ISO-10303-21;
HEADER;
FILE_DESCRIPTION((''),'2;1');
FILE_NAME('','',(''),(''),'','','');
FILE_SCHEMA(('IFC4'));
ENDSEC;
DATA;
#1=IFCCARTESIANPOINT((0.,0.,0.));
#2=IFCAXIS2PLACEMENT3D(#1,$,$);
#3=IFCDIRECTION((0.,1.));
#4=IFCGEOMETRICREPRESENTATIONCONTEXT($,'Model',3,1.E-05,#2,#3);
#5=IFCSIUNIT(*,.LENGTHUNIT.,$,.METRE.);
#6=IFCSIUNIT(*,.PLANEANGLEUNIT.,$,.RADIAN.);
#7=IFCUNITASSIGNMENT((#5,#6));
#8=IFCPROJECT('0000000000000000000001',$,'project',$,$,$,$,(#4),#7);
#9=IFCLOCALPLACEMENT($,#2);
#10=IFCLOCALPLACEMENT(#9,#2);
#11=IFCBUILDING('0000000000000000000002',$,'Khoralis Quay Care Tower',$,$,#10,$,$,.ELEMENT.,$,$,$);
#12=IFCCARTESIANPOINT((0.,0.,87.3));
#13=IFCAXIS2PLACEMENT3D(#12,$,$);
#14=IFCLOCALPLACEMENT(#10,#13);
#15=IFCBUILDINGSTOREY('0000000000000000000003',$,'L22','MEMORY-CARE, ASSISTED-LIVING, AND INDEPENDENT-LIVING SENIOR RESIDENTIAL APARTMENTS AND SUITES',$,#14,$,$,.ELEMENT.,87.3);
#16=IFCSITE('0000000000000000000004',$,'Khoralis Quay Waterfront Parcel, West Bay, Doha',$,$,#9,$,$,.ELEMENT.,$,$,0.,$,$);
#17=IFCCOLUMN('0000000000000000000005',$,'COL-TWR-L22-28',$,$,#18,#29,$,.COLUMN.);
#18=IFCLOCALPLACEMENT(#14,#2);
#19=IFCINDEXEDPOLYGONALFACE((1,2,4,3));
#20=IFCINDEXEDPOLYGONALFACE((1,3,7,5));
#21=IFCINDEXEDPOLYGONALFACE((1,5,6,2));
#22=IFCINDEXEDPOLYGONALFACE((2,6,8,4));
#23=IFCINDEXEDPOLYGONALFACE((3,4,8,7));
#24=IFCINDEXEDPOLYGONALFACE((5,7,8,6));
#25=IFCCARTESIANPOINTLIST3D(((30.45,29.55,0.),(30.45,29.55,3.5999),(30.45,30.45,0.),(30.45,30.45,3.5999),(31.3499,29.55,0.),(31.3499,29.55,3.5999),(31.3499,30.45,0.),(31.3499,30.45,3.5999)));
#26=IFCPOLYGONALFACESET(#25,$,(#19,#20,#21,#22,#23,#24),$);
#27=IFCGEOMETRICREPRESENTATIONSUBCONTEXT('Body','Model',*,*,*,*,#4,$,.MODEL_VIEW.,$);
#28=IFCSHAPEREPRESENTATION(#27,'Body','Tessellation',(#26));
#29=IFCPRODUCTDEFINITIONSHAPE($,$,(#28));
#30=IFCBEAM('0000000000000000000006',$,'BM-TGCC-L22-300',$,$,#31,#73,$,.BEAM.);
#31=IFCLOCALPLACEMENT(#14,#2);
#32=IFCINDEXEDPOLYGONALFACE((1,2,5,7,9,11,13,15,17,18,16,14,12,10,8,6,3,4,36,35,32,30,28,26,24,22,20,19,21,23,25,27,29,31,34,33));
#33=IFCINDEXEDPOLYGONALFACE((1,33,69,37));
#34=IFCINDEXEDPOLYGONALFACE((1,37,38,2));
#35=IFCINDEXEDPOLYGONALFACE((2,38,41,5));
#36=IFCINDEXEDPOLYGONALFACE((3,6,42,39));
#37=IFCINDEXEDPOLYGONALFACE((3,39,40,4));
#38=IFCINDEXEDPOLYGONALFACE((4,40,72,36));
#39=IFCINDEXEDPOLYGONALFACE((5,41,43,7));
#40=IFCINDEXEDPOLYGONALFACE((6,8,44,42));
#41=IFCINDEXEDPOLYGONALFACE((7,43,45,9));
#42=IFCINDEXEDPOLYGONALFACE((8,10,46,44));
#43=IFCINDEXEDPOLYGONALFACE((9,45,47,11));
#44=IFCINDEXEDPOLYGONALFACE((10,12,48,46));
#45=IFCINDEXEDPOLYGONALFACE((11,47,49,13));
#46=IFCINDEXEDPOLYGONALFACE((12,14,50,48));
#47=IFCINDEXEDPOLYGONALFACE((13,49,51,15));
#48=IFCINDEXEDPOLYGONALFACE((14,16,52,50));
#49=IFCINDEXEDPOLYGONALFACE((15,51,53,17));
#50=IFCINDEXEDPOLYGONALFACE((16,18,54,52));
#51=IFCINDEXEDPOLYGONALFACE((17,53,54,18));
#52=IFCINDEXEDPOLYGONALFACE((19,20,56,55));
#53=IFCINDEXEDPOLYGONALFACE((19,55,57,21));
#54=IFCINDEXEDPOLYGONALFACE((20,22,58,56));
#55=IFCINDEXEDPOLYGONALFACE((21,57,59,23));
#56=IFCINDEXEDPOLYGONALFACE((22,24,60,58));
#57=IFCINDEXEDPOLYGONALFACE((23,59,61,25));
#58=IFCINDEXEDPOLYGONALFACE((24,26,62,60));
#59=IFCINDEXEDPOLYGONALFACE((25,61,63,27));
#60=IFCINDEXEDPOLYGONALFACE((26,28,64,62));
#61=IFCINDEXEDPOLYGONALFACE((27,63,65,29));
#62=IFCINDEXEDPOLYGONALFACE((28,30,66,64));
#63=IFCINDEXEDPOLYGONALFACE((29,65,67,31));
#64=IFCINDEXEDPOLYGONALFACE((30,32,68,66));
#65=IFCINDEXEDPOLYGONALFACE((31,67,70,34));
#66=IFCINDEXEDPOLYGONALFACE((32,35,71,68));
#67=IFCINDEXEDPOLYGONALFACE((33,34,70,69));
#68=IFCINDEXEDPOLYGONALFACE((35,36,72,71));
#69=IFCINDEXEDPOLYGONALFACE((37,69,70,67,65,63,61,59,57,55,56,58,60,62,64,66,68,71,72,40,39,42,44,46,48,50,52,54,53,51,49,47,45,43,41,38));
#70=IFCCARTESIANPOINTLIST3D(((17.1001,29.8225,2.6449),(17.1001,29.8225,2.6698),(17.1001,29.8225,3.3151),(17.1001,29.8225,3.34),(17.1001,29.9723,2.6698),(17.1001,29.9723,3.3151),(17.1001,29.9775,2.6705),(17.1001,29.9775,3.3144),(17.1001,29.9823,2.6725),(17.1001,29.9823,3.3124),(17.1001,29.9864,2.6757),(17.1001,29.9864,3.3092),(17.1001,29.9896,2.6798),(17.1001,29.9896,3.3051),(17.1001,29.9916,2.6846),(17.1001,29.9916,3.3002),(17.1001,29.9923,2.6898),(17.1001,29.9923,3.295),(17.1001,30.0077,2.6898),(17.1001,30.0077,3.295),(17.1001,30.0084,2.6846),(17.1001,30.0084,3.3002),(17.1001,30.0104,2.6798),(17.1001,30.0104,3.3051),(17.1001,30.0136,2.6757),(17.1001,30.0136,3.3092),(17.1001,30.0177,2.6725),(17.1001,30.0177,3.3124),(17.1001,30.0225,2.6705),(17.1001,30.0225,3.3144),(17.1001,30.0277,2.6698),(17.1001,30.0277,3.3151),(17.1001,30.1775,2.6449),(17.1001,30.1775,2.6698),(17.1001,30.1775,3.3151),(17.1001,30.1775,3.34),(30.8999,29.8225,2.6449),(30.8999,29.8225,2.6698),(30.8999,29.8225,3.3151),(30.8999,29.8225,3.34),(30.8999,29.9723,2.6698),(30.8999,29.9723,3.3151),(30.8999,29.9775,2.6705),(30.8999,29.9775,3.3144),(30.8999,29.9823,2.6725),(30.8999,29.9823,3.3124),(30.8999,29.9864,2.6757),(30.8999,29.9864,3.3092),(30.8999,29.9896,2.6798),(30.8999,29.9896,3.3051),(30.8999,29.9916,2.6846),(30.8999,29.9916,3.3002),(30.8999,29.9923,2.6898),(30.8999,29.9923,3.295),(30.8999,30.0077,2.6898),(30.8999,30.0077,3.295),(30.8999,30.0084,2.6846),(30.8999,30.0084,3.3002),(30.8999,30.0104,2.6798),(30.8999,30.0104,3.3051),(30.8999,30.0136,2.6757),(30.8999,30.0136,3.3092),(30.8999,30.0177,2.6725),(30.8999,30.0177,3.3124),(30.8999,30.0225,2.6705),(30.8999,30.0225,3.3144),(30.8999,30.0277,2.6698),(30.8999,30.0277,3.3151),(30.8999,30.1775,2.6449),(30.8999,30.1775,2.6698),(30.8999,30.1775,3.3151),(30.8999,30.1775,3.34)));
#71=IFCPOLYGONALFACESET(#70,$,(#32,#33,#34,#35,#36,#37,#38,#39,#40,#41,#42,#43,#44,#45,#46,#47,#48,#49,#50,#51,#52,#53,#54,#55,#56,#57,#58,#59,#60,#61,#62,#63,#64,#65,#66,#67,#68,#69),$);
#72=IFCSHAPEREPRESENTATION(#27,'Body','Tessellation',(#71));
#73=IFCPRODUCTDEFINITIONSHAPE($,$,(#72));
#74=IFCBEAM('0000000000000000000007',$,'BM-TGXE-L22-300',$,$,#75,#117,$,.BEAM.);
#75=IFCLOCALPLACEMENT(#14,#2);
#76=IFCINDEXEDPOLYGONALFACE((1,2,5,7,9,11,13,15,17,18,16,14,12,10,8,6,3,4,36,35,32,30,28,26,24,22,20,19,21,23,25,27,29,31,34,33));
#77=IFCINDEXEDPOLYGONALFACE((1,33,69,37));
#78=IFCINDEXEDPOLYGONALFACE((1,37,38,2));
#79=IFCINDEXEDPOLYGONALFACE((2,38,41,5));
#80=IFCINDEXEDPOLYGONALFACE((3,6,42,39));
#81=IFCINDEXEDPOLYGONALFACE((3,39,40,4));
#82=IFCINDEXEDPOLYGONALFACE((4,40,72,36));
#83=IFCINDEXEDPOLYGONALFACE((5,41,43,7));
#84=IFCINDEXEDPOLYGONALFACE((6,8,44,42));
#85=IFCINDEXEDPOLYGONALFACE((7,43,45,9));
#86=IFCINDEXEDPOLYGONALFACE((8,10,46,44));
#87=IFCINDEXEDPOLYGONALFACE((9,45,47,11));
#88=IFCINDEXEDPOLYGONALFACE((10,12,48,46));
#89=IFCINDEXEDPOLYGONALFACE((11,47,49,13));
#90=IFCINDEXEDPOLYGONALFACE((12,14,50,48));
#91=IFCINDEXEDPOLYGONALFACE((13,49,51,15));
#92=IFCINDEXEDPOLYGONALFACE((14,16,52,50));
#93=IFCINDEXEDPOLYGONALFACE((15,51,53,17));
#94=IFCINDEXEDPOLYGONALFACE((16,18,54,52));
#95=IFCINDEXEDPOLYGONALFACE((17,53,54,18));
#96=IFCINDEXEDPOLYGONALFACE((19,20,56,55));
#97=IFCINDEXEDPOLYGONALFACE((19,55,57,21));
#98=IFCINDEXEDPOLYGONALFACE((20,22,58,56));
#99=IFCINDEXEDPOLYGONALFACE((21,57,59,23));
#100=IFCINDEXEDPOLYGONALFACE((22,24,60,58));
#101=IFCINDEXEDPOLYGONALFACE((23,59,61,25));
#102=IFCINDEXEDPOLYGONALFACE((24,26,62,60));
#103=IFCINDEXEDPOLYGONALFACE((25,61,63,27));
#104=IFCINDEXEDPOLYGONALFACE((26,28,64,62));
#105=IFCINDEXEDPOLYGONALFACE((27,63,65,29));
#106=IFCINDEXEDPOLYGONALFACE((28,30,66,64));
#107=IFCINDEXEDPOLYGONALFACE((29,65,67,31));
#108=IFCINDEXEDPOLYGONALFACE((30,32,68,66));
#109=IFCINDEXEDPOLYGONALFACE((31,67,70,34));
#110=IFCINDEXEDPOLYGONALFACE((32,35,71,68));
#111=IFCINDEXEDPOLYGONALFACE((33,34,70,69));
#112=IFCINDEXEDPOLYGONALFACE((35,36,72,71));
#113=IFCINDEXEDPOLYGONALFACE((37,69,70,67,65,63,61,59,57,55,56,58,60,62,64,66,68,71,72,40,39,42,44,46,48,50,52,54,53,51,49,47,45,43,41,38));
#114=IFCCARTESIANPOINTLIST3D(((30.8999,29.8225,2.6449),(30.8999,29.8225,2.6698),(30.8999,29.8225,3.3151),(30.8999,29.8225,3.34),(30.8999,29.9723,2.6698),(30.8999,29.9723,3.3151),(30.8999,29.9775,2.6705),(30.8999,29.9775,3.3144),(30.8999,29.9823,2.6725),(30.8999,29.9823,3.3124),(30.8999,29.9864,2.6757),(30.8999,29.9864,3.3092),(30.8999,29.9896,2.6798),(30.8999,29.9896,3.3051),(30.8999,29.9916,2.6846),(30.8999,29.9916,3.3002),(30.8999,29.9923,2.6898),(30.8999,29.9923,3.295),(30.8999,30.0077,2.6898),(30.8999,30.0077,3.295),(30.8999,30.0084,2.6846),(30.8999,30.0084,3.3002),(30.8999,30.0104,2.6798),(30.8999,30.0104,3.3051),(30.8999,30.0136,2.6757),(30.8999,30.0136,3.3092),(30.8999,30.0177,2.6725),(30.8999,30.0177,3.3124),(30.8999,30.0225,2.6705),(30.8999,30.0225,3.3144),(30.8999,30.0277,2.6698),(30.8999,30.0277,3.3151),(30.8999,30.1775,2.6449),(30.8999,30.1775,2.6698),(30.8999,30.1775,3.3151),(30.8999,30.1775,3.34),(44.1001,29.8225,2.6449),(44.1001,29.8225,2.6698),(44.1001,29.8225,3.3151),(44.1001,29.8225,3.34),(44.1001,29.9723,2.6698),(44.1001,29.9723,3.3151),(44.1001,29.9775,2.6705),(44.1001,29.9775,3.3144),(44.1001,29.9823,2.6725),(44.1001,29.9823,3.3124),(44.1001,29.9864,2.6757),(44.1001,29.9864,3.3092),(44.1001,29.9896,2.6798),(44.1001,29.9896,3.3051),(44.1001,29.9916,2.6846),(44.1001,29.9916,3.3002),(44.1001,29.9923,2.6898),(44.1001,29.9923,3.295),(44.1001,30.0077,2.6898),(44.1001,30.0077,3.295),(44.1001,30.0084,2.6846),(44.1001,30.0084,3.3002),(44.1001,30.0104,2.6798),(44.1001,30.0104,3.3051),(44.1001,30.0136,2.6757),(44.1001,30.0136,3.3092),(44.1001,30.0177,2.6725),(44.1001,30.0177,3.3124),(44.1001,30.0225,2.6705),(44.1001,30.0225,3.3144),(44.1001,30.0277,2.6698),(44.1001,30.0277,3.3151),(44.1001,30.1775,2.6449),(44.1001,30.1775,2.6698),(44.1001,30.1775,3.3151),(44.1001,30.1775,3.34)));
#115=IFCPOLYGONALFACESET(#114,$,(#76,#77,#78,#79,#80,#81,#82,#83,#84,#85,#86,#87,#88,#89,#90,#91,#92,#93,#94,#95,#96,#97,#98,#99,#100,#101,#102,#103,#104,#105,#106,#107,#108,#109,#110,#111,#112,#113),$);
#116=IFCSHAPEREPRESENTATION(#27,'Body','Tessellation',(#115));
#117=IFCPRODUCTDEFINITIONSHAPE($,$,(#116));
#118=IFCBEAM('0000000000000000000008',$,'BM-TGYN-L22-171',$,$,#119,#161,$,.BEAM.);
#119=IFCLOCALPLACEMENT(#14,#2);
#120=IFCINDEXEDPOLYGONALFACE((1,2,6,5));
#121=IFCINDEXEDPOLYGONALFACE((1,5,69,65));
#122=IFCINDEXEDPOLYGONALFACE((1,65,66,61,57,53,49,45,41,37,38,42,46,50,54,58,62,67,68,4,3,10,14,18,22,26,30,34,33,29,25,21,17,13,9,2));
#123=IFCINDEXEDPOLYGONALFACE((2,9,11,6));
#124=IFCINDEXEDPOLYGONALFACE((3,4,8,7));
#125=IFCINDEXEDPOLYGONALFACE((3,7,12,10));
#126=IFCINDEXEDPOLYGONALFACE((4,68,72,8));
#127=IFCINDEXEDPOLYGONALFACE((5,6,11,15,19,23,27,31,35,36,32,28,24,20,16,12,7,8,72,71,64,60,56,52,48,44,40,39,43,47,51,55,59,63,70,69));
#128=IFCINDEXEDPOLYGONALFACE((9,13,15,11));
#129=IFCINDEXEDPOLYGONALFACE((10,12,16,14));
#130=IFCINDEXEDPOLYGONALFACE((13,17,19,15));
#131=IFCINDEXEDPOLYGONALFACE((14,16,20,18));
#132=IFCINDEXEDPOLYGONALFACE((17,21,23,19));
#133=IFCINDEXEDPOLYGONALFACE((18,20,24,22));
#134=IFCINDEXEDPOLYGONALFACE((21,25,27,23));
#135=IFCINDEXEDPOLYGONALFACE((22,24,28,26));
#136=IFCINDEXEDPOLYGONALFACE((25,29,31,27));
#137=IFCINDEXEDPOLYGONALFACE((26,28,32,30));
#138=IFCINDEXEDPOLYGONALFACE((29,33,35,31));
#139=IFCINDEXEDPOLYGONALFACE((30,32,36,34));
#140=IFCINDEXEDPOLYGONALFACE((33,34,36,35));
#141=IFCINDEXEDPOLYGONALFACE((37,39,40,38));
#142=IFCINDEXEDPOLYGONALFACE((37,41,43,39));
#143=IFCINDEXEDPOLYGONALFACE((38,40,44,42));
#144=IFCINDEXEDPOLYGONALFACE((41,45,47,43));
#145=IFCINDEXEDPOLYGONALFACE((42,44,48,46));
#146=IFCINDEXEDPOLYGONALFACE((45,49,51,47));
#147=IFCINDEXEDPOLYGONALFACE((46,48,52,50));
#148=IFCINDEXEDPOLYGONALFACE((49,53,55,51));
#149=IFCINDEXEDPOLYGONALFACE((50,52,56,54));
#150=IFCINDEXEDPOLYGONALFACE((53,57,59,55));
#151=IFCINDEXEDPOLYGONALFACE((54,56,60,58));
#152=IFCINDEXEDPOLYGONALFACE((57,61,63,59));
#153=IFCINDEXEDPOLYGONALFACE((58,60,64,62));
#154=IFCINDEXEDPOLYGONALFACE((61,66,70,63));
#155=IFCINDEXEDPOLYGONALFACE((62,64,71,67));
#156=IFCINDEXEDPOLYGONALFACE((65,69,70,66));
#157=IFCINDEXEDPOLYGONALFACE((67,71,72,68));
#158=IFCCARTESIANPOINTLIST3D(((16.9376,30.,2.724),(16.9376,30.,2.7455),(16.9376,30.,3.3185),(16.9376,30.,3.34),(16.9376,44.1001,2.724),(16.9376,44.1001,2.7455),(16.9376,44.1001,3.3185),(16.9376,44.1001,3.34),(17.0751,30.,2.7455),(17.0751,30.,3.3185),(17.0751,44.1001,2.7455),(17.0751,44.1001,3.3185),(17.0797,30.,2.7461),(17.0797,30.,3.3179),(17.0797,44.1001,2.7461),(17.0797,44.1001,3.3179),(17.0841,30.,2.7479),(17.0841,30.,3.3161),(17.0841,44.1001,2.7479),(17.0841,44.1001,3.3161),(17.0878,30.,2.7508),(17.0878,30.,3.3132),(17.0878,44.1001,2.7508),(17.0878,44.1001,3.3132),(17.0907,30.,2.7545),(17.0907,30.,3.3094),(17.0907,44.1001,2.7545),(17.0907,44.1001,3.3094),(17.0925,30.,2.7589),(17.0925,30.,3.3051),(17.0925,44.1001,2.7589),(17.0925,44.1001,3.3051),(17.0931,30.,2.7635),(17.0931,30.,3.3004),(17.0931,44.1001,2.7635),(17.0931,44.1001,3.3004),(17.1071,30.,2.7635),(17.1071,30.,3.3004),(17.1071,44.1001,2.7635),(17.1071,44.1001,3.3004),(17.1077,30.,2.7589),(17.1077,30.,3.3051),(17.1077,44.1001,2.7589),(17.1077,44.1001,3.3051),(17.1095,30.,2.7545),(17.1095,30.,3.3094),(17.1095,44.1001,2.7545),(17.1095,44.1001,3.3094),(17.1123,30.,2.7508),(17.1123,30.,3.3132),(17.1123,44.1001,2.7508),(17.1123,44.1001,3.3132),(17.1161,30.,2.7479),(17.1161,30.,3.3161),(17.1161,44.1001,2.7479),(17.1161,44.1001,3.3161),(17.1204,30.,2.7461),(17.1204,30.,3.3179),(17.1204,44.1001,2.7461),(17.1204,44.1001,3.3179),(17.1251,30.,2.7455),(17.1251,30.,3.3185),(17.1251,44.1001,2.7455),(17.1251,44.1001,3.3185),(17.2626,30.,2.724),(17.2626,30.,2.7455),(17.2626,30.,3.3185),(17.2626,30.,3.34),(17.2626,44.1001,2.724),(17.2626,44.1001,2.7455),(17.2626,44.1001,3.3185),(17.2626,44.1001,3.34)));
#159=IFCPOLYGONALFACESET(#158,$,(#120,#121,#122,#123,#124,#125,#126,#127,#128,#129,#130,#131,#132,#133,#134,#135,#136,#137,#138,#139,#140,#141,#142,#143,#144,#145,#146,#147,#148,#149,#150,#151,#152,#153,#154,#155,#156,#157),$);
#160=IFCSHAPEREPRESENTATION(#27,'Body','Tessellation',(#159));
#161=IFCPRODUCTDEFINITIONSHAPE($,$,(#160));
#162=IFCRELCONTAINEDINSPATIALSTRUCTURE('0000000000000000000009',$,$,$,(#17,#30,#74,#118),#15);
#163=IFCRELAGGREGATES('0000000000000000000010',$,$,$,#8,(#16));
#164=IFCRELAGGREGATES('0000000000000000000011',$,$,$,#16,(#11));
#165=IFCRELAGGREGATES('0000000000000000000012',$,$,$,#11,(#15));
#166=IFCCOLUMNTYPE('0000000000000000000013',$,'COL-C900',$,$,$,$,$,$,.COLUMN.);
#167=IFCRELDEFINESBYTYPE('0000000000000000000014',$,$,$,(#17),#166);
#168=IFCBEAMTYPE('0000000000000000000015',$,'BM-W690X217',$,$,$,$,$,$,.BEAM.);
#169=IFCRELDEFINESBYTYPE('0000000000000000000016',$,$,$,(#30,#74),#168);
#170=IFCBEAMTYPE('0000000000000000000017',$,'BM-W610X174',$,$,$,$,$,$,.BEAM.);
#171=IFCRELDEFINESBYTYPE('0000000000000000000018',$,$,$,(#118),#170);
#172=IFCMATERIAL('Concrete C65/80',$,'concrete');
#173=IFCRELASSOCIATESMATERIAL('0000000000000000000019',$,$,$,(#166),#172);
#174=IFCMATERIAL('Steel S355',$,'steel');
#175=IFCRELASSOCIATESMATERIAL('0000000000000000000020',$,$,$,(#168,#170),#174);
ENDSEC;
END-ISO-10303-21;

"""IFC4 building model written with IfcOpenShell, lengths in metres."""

from ifc_helpers import new_model, si_unit, direction, frame, origin, origin_2d, place, context, subcontext, project, spatial, rectangle, i_section, extrude, source, transform, mapped, material, material_profile, profile_set, type_object, element, save


model = new_model("IFC4")

# Units and contexts
model_context = context("Model", 3, precision=1e-05, world=origin(), true_north=direction((0.0, 1.0)))
body_context = subcontext(model_context, "Body", "Model", "MODEL_VIEW")
ifc_project = project(units=[si_unit("LENGTHUNIT", "METRE"), si_unit("PLANEANGLEUNIT", "RADIAN")], contexts=[model_context])

# Site, building, storey
site_placement = place(None, origin())
site = spatial("IfcSite", under=ifc_project, at=site_placement, Name="Khoralis Quay Waterfront Parcel, West Bay, Doha", CompositionType="ELEMENT", RefElevation=0.0)
building_placement = place(site_placement, origin())
building = spatial("IfcBuilding", under=site, at=building_placement, Name="Khoralis Quay Care Tower", CompositionType="ELEMENT")
storey_placement = place(building_placement, frame((0.0, 0.0, 87.3)))
storey = spatial("IfcBuildingStorey", under=building, at=storey_placement, Name="L22", Description="MEMORY-CARE, ASSISTED-LIVING, AND INDEPENDENT-LIVING SENIOR RESIDENTIAL APARTMENTS AND SUITES", CompositionType="ELEMENT", Elevation=87.3)

# Column
ifc_material_1 = material(Name="Concrete C65/80", Category="concrete")
ifc_material_profile_1 = material_profile(ifc_material_1, rectangle(XDim=0.8999, YDim=0.8999, at=origin_2d()), Name="Concrete C65/80")
ifc_profile_set_1 = profile_set([ifc_material_profile_1], Name="Concrete C65/80")
column_type = type_object("IfcColumnType", Name="COL-C900", PredefinedType="COLUMN", material=ifc_profile_set_1)
shared_shape_1 = source(origin(), body_context, "Body", "SweptSolid", [
    extrude(rectangle(XDim=0.8999, YDim=0.8999, at=origin_2d()), origin(), (0.0, 0.0, 1.0), 3.5999),
])
column_placement = place(storey_placement, frame((30.8999, 30.0, 0.0), z_axis=(0.0, 0.0, 1.0), x_axis=(1.0, 0.0, 0.0)))
element("IfcColumn", 1, at=column_placement, inside=storey, type_object=column_type, Name="COL-TWR-L22-28", PredefinedType="COLUMN", context=body_context, shape_type="MappedRepresentation", body=[
    mapped(shared_shape_1, transform((0.0, 0.0, 0.0), scale=1.0)),
])

# Beams
ifc_material_2 = material(Name="Steel S355", Category="steel")
ifc_material_profile_2 = material_profile(ifc_material_2, i_section(OverallWidth=0.355, OverallDepth=0.6951, WebThickness=0.0154, FlangeThickness=0.0249, FilletRadius=0.02, at=origin_2d()), Name="Steel S355")
ifc_profile_set_2 = profile_set([ifc_material_profile_2], Name="Steel S355")
beam_type_1 = type_object("IfcBeamType", Name="BM-W690X217", PredefinedType="BEAM", material=ifc_profile_set_2)
shared_shape_2 = source(origin(), body_context, "Body", "SweptSolid", [
    extrude(i_section(OverallWidth=0.355, OverallDepth=0.6951, WebThickness=0.0154, FlangeThickness=0.0249, FilletRadius=0.02, at=origin_2d()), origin(), (0.0, 0.0, 1.0), 13.7998),
])
beam_1_placement = place(storey_placement, frame((17.1001, 30.0, 2.9924), z_axis=(1.0, 0.0, 0.0), x_axis=(0.0, 1.0, 0.0)))
element("IfcBeam", 2, at=beam_1_placement, inside=storey, type_object=beam_type_1, Name="BM-TGCC-L22-300", PredefinedType="BEAM", context=body_context, shape_type="MappedRepresentation", body=[
    mapped(shared_shape_2, transform((0.0, 0.0, 0.0), scale=1.0)),
])
shared_shape_3 = source(origin(), body_context, "Body", "SweptSolid", [
    extrude(i_section(OverallWidth=0.355, OverallDepth=0.6951, WebThickness=0.0154, FlangeThickness=0.0249, FilletRadius=0.02, at=origin_2d()), origin(), (0.0, 0.0, 1.0), 13.2002),
])
beam_2_placement = place(storey_placement, frame((30.8999, 30.0, 2.9924), z_axis=(1.0, 0.0, 0.0), x_axis=(0.0, 1.0, 0.0)))
element("IfcBeam", 3, at=beam_2_placement, inside=storey, type_object=beam_type_1, Name="BM-TGXE-L22-300", PredefinedType="BEAM", context=body_context, shape_type="MappedRepresentation", body=[
    mapped(shared_shape_3, transform((0.0, 0.0, 0.0), scale=1.0)),
])
ifc_material_profile_3 = material_profile(ifc_material_2, i_section(OverallWidth=0.325, OverallDepth=0.616, WebThickness=0.0139, FlangeThickness=0.0215, FilletRadius=0.0181, at=origin_2d()), Name="Steel S355")
ifc_profile_set_3 = profile_set([ifc_material_profile_3], Name="Steel S355")
beam_type_2 = type_object("IfcBeamType", Name="BM-W610X174", PredefinedType="BEAM", material=ifc_profile_set_3)
shared_shape_4 = source(origin(), body_context, "Body", "SweptSolid", [
    extrude(i_section(OverallWidth=0.325, OverallDepth=0.616, WebThickness=0.0139, FlangeThickness=0.0215, FilletRadius=0.0181, at=origin_2d()), origin(), (0.0, 0.0, 1.0), 14.1001),
])
for number, where, z_axis, x_axis, name in (
    (4, (17.1001, 30.0, 3.032), (0.0, 1.0, 0.0), (-1.0, 0.0, 0.0), "BM-TGYN-L22-171"),
):
    element("IfcBeam", number, at=place(storey_placement, frame(where, z_axis=z_axis, x_axis=x_axis)), inside=storey, type_object=beam_type_2, Name=name, PredefinedType="BEAM", context=body_context, shape_type="MappedRepresentation", body=[
        mapped(shared_shape_4, transform((0.0, 0.0, 0.0), scale=1.0)),
    ])

save(model, "model.ifc")
